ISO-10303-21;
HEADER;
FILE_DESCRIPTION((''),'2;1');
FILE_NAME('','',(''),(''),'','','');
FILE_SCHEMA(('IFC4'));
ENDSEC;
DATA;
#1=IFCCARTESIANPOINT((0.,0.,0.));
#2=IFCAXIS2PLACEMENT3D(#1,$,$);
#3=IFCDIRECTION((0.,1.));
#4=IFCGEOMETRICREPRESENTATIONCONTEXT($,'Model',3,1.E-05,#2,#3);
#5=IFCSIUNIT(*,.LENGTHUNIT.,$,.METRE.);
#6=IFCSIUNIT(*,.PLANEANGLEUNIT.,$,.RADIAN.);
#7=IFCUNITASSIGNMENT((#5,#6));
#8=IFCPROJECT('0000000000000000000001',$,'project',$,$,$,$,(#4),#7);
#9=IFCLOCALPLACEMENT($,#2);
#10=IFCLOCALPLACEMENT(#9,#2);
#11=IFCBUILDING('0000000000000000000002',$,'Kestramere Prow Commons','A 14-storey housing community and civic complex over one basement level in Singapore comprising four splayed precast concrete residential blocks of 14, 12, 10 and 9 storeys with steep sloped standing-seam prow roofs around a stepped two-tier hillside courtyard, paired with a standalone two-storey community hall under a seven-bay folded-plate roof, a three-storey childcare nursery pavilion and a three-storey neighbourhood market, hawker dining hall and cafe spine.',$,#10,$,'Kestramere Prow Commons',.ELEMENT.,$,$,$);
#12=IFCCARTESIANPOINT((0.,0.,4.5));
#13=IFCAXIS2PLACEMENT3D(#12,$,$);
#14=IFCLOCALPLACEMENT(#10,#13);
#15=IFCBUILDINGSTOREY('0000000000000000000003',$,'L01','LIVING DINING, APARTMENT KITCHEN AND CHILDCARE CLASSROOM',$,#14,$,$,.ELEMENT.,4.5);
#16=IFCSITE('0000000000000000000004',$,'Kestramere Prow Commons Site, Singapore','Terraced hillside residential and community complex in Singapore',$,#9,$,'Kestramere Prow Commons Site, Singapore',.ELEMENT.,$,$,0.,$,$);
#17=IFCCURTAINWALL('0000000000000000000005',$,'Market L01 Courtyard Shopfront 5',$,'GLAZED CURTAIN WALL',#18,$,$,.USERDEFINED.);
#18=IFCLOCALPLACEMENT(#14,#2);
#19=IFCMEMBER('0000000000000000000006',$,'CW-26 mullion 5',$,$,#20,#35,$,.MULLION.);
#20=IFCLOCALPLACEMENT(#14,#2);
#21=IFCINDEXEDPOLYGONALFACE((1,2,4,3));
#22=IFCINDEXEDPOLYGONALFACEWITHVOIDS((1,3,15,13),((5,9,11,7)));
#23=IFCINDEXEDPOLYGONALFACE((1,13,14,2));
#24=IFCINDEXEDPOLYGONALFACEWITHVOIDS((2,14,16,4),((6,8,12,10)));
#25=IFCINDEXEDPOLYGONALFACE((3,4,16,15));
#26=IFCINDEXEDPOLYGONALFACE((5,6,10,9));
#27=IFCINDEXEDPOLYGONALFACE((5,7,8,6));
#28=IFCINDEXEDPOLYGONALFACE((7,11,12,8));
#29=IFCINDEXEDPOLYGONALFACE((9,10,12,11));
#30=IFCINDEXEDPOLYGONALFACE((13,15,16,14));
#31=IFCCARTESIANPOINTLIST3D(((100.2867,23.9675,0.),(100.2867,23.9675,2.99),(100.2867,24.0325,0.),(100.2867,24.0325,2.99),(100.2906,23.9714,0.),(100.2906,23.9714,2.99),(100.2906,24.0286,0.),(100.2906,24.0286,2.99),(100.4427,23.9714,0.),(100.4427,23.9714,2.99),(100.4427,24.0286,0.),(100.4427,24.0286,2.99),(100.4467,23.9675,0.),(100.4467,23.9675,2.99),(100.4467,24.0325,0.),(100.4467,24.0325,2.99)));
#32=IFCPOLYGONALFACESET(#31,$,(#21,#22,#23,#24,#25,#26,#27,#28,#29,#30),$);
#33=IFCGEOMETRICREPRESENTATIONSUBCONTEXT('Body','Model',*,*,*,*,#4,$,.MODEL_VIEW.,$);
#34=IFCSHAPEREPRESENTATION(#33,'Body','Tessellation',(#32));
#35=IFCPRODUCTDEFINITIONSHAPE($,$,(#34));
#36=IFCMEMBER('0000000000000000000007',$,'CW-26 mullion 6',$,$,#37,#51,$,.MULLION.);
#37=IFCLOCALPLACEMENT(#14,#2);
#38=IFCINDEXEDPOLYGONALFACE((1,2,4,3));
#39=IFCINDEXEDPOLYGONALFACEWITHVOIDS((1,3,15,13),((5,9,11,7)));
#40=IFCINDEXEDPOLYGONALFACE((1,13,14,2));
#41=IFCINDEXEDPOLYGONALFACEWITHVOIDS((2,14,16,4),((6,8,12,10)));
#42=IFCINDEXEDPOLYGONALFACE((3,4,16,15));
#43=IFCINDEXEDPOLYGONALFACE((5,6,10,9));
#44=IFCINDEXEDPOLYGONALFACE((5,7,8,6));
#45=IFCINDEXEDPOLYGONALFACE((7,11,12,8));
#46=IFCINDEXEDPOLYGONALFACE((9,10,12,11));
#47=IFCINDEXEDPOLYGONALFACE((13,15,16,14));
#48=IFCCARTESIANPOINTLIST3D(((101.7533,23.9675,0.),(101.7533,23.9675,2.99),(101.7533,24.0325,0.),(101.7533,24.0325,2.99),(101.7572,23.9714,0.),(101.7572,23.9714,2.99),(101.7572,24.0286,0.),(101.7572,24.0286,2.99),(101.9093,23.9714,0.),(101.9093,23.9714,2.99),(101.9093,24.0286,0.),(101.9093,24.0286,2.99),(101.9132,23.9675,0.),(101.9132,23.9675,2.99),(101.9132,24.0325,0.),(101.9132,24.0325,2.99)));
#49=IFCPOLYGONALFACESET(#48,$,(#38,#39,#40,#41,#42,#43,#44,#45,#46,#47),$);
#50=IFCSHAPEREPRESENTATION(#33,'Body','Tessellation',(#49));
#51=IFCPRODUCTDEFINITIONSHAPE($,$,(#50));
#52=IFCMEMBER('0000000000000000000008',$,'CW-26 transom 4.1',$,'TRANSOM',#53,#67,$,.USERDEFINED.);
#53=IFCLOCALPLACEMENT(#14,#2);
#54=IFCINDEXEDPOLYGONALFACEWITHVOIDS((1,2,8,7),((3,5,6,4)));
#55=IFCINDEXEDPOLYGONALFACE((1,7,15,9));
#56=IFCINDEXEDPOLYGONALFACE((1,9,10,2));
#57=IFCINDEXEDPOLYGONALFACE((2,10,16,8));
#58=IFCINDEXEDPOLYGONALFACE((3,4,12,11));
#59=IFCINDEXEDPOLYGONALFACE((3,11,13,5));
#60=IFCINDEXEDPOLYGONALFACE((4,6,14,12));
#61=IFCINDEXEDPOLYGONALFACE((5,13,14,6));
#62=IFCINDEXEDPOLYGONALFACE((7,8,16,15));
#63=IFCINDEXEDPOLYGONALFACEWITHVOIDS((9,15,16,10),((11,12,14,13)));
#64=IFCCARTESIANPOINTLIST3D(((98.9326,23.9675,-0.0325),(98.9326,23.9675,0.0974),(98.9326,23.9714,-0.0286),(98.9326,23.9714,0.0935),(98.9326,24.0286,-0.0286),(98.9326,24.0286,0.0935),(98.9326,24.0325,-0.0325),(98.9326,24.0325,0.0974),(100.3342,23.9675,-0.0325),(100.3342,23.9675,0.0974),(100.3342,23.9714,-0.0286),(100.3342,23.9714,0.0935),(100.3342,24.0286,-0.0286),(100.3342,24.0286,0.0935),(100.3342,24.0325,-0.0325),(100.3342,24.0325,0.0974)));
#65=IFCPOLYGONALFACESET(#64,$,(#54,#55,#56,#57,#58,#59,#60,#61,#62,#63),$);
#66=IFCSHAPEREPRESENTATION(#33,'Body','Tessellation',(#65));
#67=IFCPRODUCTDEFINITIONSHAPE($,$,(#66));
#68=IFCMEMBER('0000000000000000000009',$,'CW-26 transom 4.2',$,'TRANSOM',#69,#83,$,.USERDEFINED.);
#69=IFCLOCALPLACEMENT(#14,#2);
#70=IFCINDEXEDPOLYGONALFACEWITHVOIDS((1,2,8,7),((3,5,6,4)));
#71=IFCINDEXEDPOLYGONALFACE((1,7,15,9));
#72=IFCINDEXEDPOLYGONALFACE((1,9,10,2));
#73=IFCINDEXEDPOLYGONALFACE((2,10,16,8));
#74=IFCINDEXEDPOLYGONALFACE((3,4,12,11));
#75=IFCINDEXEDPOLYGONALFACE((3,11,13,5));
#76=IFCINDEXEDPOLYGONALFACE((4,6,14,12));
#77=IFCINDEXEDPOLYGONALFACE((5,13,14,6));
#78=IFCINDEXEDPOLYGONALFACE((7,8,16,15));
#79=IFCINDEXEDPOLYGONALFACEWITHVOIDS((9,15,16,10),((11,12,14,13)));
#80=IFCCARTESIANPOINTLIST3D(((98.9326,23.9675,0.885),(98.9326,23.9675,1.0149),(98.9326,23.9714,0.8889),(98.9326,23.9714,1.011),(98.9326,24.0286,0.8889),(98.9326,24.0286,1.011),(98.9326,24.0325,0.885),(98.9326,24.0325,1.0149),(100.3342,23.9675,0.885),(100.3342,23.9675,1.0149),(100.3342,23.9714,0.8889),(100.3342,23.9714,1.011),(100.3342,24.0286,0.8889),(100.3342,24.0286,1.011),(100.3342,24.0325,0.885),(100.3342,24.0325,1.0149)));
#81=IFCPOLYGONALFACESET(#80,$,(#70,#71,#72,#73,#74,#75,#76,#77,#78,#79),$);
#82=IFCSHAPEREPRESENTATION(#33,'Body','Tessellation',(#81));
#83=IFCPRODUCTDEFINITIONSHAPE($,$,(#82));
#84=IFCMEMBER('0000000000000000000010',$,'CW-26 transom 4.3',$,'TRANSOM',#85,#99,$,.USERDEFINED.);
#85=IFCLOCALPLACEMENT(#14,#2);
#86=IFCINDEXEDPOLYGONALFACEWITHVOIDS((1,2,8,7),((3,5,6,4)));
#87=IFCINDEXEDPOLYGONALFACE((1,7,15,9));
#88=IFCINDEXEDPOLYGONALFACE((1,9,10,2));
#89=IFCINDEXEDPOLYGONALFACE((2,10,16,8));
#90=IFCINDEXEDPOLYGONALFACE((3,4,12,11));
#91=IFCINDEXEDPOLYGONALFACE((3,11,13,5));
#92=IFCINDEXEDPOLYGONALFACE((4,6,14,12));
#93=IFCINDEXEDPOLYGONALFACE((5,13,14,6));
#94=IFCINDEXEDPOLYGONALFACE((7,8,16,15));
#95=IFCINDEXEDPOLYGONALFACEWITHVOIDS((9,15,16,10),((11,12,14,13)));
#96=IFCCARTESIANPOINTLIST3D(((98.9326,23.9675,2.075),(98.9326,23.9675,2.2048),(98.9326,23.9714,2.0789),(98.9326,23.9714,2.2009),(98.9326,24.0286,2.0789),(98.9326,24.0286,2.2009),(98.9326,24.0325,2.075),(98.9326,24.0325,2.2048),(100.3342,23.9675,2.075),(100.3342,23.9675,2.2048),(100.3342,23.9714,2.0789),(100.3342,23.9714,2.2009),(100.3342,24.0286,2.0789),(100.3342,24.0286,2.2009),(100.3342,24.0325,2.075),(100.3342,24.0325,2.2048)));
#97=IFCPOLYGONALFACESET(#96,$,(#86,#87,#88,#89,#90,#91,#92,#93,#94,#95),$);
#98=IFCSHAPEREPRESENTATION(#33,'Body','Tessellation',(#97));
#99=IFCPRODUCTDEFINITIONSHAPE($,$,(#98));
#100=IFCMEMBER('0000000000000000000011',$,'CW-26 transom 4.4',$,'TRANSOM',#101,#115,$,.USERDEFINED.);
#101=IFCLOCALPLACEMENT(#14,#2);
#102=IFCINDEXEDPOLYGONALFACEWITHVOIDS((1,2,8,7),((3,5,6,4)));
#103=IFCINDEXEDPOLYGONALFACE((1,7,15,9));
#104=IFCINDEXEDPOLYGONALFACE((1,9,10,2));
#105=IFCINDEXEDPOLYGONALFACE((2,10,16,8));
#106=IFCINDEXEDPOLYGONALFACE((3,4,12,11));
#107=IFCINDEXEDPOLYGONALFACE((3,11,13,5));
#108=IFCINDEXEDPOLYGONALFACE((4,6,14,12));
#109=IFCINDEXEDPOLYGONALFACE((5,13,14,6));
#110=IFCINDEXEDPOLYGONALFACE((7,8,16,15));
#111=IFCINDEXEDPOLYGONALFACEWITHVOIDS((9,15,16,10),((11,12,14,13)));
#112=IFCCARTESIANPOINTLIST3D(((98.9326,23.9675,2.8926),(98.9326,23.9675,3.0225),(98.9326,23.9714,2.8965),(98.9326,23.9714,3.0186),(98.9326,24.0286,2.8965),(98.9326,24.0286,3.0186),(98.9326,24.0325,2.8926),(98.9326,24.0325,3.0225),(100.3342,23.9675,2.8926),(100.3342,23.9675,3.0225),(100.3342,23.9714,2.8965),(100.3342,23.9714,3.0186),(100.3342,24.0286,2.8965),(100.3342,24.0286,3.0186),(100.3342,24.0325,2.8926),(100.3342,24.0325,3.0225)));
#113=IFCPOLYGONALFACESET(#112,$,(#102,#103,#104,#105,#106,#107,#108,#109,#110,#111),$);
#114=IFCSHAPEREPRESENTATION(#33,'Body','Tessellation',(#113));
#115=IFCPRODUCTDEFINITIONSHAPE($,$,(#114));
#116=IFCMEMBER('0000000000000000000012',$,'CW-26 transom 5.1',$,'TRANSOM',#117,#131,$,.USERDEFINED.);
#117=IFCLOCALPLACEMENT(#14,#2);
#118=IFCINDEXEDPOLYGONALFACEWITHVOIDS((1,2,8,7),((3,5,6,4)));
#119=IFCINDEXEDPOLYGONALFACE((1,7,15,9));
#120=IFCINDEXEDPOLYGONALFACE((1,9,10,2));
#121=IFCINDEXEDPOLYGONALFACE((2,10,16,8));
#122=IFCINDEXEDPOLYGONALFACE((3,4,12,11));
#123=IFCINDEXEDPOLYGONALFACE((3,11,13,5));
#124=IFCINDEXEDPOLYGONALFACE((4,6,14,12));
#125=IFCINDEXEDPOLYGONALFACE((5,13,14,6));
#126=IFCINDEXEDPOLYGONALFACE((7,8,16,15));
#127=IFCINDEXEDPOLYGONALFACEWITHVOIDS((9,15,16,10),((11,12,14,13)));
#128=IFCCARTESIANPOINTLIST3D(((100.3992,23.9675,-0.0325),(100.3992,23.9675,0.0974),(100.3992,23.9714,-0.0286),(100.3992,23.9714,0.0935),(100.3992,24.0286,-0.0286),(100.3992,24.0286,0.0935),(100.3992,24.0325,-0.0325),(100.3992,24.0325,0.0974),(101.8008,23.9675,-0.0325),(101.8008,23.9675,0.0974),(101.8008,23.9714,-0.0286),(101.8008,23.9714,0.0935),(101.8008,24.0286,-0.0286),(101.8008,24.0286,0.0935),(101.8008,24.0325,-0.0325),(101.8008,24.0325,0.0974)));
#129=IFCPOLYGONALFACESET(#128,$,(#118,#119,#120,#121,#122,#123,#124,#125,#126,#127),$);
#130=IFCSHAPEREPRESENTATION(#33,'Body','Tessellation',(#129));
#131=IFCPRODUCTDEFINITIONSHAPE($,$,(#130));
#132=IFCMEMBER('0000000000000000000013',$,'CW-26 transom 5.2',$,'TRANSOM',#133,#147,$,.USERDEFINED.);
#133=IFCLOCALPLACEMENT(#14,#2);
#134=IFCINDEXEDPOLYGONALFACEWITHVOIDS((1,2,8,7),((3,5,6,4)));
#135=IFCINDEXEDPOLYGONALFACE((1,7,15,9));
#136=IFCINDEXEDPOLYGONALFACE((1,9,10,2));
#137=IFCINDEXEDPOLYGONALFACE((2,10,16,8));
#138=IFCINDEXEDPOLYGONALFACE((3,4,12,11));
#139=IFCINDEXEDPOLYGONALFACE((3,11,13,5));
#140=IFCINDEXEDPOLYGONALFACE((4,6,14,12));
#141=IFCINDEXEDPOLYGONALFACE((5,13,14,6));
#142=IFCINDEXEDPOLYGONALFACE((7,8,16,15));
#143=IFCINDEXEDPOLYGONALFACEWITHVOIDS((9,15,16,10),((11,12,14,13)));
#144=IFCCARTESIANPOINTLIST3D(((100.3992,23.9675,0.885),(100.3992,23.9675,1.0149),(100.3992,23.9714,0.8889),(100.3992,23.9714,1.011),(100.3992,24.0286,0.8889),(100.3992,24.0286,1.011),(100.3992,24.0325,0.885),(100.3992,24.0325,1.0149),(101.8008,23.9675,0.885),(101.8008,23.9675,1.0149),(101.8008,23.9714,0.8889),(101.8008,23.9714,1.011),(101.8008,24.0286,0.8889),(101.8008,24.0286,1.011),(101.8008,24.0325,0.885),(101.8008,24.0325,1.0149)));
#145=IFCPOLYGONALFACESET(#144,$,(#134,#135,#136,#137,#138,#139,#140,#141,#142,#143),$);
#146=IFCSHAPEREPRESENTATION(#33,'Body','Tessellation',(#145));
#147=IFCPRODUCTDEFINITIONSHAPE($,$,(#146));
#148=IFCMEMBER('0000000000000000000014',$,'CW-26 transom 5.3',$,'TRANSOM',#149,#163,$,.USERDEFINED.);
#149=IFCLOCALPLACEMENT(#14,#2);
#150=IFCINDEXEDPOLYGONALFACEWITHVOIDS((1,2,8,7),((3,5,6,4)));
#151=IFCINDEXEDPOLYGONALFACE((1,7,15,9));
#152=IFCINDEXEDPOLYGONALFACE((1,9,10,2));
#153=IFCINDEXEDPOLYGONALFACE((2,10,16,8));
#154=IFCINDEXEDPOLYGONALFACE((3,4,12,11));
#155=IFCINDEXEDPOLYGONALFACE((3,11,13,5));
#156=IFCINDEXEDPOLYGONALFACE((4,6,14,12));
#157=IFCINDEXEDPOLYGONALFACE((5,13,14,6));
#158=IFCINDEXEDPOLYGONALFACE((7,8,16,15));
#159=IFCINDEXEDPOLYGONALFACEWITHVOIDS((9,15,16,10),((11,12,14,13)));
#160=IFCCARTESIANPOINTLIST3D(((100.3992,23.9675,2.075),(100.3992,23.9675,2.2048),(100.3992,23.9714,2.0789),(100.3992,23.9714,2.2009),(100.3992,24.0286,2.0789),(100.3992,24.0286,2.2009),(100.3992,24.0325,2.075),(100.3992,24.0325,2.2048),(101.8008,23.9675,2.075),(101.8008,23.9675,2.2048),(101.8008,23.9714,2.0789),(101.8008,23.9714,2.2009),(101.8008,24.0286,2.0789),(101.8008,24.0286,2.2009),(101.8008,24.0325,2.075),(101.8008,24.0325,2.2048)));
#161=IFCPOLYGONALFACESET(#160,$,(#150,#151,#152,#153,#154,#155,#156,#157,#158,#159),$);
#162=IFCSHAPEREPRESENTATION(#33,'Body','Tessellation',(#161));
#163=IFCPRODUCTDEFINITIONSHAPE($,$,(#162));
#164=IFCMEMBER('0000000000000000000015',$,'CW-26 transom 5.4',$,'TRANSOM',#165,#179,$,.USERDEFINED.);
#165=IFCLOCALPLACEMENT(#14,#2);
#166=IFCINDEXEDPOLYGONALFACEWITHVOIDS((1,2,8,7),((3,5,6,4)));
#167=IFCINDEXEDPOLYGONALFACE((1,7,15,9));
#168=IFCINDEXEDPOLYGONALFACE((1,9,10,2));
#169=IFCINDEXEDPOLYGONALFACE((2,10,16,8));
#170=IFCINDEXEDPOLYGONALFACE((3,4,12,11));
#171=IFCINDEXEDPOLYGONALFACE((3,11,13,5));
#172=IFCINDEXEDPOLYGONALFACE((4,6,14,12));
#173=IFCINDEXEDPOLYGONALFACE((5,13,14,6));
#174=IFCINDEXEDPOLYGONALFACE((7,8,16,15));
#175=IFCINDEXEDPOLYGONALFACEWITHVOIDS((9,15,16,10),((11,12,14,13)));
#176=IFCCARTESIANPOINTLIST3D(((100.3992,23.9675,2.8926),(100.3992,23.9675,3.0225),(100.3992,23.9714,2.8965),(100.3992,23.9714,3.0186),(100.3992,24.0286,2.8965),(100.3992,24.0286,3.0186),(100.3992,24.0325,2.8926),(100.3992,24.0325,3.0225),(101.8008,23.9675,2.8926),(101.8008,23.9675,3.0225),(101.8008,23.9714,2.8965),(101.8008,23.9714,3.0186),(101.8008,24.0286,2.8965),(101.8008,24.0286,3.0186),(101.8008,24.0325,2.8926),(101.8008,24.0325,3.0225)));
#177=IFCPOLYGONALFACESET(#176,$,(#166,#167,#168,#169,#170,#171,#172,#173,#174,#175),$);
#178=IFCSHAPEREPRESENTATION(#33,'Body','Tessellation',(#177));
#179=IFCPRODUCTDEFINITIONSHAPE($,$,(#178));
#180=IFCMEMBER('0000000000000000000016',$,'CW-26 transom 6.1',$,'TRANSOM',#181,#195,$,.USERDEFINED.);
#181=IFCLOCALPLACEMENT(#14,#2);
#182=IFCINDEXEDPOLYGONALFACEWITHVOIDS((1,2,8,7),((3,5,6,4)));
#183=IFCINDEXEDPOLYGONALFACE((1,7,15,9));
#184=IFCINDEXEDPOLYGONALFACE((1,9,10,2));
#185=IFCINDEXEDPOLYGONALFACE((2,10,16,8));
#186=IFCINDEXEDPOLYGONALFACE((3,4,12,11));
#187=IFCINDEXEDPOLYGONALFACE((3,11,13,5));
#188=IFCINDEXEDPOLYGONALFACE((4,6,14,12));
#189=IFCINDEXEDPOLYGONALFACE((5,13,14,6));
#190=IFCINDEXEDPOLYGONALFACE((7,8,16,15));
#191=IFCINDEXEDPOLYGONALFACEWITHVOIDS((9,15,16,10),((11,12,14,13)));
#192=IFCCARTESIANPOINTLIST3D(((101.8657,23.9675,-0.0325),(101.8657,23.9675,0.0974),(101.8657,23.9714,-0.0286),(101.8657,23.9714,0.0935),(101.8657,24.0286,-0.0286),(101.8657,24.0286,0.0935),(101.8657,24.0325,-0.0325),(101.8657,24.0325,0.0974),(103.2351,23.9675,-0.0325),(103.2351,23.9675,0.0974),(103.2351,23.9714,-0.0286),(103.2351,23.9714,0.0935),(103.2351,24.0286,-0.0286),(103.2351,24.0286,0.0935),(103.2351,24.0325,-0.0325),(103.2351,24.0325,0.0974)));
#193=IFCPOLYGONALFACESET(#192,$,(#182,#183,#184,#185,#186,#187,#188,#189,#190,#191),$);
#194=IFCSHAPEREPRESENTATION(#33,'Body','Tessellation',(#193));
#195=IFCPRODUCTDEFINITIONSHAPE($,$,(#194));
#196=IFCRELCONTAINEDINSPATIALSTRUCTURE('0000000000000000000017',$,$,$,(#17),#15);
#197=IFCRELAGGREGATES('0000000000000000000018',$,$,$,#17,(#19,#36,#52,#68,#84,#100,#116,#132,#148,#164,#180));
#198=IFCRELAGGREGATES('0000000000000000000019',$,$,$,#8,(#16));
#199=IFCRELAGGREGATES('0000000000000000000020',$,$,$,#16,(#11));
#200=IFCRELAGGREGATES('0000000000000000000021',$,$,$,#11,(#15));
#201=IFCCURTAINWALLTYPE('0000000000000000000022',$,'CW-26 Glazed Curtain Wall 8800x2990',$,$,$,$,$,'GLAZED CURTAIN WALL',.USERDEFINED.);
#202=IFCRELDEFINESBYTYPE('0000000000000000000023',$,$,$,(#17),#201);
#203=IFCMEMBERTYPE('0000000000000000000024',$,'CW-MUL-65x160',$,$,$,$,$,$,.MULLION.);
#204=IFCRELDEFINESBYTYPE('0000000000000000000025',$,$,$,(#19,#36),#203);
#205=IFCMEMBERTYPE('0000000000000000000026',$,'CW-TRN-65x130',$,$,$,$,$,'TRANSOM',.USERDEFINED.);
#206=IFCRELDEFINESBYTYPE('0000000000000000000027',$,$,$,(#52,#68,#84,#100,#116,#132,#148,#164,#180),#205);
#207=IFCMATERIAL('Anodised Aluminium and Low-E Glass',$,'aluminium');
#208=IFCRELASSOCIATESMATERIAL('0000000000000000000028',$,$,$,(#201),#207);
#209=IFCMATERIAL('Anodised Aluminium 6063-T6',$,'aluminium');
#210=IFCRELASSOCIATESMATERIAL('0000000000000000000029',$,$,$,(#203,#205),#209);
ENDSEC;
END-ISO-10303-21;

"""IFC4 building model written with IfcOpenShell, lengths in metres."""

from ifc_helpers import new_model, si_unit, direction, frame, origin, origin_2d, place, context, subcontext, project, spatial, hollow_rectangle, extrude, material, material_profile, profile_set, type_object, element, aggregate, save


model = new_model("IFC4")

# Units and contexts
model_context = context("Model", 3, precision=1e-05, world=origin(), true_north=direction((0.0, 1.0)))
body_context = subcontext(model_context, "Body", "Model", "MODEL_VIEW")
ifc_project = project(units=[si_unit("LENGTHUNIT", "METRE"), si_unit("PLANEANGLEUNIT", "RADIAN")], contexts=[model_context])

# Site, building, storey
site_placement = place(None, origin())
site = spatial("IfcSite", under=ifc_project, at=site_placement, Name="Kestramere Prow Commons Site, Singapore", Description="Terraced hillside residential and community complex in Singapore", LongName="Kestramere Prow Commons Site, Singapore", CompositionType="ELEMENT", RefElevation=0.0)
building_placement = place(site_placement, origin())
building = spatial("IfcBuilding", under=site, at=building_placement, Name="Kestramere Prow Commons", Description="A 14-storey housing community and civic complex over one basement level in Singapore comprising four splayed precast concrete residential blocks of 14, 12, 10 and 9 storeys with steep sloped standing-seam prow roofs around a stepped two-tier hillside courtyard, paired with a standalone two-storey community hall under a seven-bay folded-plate roof, a three-storey childcare nursery pavilion and a three-storey neighbourhood market, hawker dining hall and cafe spine.", LongName="Kestramere Prow Commons", CompositionType="ELEMENT")
storey_placement = place(building_placement, frame((0.0, 0.0, 4.5)))
storey = spatial("IfcBuildingStorey", under=building, at=storey_placement, Name="L01", Description="LIVING DINING, APARTMENT KITCHEN AND CHILDCARE CLASSROOM", CompositionType="ELEMENT", Elevation=4.5)

# Curtain wall, members
ifc_material_1 = material(Name="Anodised Aluminium and Low-E Glass", Category="aluminium")
curtain_wall_type = type_object("IfcCurtainWallType", Name="CW-26 Glazed Curtain Wall 8800x2990", ElementType="GLAZED CURTAIN WALL", PredefinedType="USERDEFINED", material=ifc_material_1)
curtain_wall_placement = place(storey_placement, origin())
curtain_wall = element("IfcCurtainWall", 1, at=curtain_wall_placement, inside=storey, type_object=curtain_wall_type, Name="Market L01 Courtyard Shopfront 5", ObjectType="GLAZED CURTAIN WALL", PredefinedType="USERDEFINED")
ifc_material_2 = material(Name="Anodised Aluminium 6063-T6", Category="aluminium")
ifc_material_profile_1 = material_profile(ifc_material_2, hollow_rectangle(XDim=0.0649, YDim=0.1599, WallThickness=0.0039, at=origin_2d()), Name="ALU-MUL 65x160")
ifc_profile_set_1 = profile_set([ifc_material_profile_1], Name="Anodised Aluminium 6063-T6")
member_type_1 = type_object("IfcMemberType", Name="CW-MUL-65x160", PredefinedType="MULLION", material=ifc_profile_set_1)
member_1_placement = place(storey_placement, frame((100.3667, 24.0, 0.0), z_axis=(0.0, 0.0, 1.0), x_axis=(0.0, 1.0, 0.0)))
member_1 = element("IfcMember", 2, at=member_1_placement, type_object=member_type_1, Name="CW-26 mullion 5", PredefinedType="MULLION", context=body_context, shape_type="SweptSolid", body=[
    extrude(hollow_rectangle(XDim=0.0649, YDim=0.1599, WallThickness=0.0039, at=origin_2d()), origin(), (0.0, 0.0, 1.0), 2.99),
])
member_2_placement = place(storey_placement, frame((101.8333, 24.0, 0.0), z_axis=(0.0, 0.0, 1.0), x_axis=(0.0, 1.0, 0.0)))
member_2 = element("IfcMember", 3, at=member_2_placement, type_object=member_type_1, Name="CW-26 mullion 6", PredefinedType="MULLION", context=body_context, shape_type="SweptSolid", body=[
    extrude(hollow_rectangle(XDim=0.0649, YDim=0.1599, WallThickness=0.0039, at=origin_2d()), origin(), (0.0, 0.0, 1.0), 2.99),
])
ifc_material_profile_2 = material_profile(ifc_material_2, hollow_rectangle(XDim=0.0649, YDim=0.1299, WallThickness=0.0039, at=origin_2d()), Name="ALU-TRN 65x130")
ifc_profile_set_2 = profile_set([ifc_material_profile_2], Name="Anodised Aluminium 6063-T6")
member_type_2 = type_object("IfcMemberType", Name="CW-TRN-65x130", ElementType="TRANSOM", PredefinedType="USERDEFINED", material=ifc_profile_set_2)
member_3_placement = place(storey_placement, frame((98.9326, 24.0, 0.0325), z_axis=(1.0, 0.0, 0.0), x_axis=(0.0, 1.0, 0.0)))
member_3 = element("IfcMember", 4, at=member_3_placement, type_object=member_type_2, Name="CW-26 transom 4.1", ObjectType="TRANSOM", PredefinedType="USERDEFINED", context=body_context, shape_type="SweptSolid", body=[
    extrude(hollow_rectangle(XDim=0.0649, YDim=0.1299, WallThickness=0.0039, at=origin_2d()), origin(), (0.0, 0.0, 1.0), 1.4016),
])
member_4_placement = place(storey_placement, frame((98.9326, 24.0, 0.95), z_axis=(1.0, 0.0, 0.0), x_axis=(0.0, 1.0, 0.0)))
member_4 = element("IfcMember", 5, at=member_4_placement, type_object=member_type_2, Name="CW-26 transom 4.2", ObjectType="TRANSOM", PredefinedType="USERDEFINED", context=body_context, shape_type="SweptSolid", body=[
    extrude(hollow_rectangle(XDim=0.0649, YDim=0.1299, WallThickness=0.0039, at=origin_2d()), origin(), (0.0, 0.0, 1.0), 1.4016),
])
member_5_placement = place(storey_placement, frame((98.9326, 24.0, 2.1399), z_axis=(1.0, 0.0, 0.0), x_axis=(0.0, 1.0, 0.0)))
member_5 = element("IfcMember", 6, at=member_5_placement, type_object=member_type_2, Name="CW-26 transom 4.3", ObjectType="TRANSOM", PredefinedType="USERDEFINED", context=body_context, shape_type="SweptSolid", body=[
    extrude(hollow_rectangle(XDim=0.0649, YDim=0.1299, WallThickness=0.0039, at=origin_2d()), origin(), (0.0, 0.0, 1.0), 1.4016),
])
member_6_placement = place(storey_placement, frame((98.9326, 24.0, 2.9575), z_axis=(1.0, 0.0, 0.0), x_axis=(0.0, 1.0, 0.0)))
member_6 = element("IfcMember", 7, at=member_6_placement, type_object=member_type_2, Name="CW-26 transom 4.4", ObjectType="TRANSOM", PredefinedType="USERDEFINED", context=body_context, shape_type="SweptSolid", body=[
    extrude(hollow_rectangle(XDim=0.0649, YDim=0.1299, WallThickness=0.0039, at=origin_2d()), origin(), (0.0, 0.0, 1.0), 1.4016),
])
member_7_placement = place(storey_placement, frame((100.3992, 24.0, 0.0325), z_axis=(1.0, 0.0, 0.0), x_axis=(0.0, 1.0, 0.0)))
member_7 = element("IfcMember", 8, at=member_7_placement, type_object=member_type_2, Name="CW-26 transom 5.1", ObjectType="TRANSOM", PredefinedType="USERDEFINED", context=body_context, shape_type="SweptSolid", body=[
    extrude(hollow_rectangle(XDim=0.0649, YDim=0.1299, WallThickness=0.0039, at=origin_2d()), origin(), (0.0, 0.0, 1.0), 1.4016),
])
member_8_placement = place(storey_placement, frame((100.3992, 24.0, 0.95), z_axis=(1.0, 0.0, 0.0), x_axis=(0.0, 1.0, 0.0)))
member_8 = element("IfcMember", 9, at=member_8_placement, type_object=member_type_2, Name="CW-26 transom 5.2", ObjectType="TRANSOM", PredefinedType="USERDEFINED", context=body_context, shape_type="SweptSolid", body=[
    extrude(hollow_rectangle(XDim=0.0649, YDim=0.1299, WallThickness=0.0039, at=origin_2d()), origin(), (0.0, 0.0, 1.0), 1.4016),
])
member_9_placement = place(storey_placement, frame((100.3992, 24.0, 2.1399), z_axis=(1.0, 0.0, 0.0), x_axis=(0.0, 1.0, 0.0)))
member_9 = element("IfcMember", 10, at=member_9_placement, type_object=member_type_2, Name="CW-26 transom 5.3", ObjectType="TRANSOM", PredefinedType="USERDEFINED", context=body_context, shape_type="SweptSolid", body=[
    extrude(hollow_rectangle(XDim=0.0649, YDim=0.1299, WallThickness=0.0039, at=origin_2d()), origin(), (0.0, 0.0, 1.0), 1.4016),
])
member_10_placement = place(storey_placement, frame((100.3992, 24.0, 2.9575), z_axis=(1.0, 0.0, 0.0), x_axis=(0.0, 1.0, 0.0)))
member_10 = element("IfcMember", 11, at=member_10_placement, type_object=member_type_2, Name="CW-26 transom 5.4", ObjectType="TRANSOM", PredefinedType="USERDEFINED", context=body_context, shape_type="SweptSolid", body=[
    extrude(hollow_rectangle(XDim=0.0649, YDim=0.1299, WallThickness=0.0039, at=origin_2d()), origin(), (0.0, 0.0, 1.0), 1.4016),
])
member_11_placement = place(storey_placement, frame((101.8657, 24.0, 0.0325), z_axis=(1.0, 0.0, 0.0), x_axis=(0.0, 1.0, 0.0)))
member_11 = element("IfcMember", 12, at=member_11_placement, type_object=member_type_2, Name="CW-26 transom 6.1", ObjectType="TRANSOM", PredefinedType="USERDEFINED", context=body_context, shape_type="SweptSolid", body=[
    extrude(hollow_rectangle(XDim=0.0649, YDim=0.1299, WallThickness=0.0039, at=origin_2d()), origin(), (0.0, 0.0, 1.0), 1.3694),
])
aggregate(curtain_wall, [member_1, member_2, member_3, member_4, member_5, member_6, member_7, member_8, member_9, member_10, member_11])

save(model, "model.ifc")
